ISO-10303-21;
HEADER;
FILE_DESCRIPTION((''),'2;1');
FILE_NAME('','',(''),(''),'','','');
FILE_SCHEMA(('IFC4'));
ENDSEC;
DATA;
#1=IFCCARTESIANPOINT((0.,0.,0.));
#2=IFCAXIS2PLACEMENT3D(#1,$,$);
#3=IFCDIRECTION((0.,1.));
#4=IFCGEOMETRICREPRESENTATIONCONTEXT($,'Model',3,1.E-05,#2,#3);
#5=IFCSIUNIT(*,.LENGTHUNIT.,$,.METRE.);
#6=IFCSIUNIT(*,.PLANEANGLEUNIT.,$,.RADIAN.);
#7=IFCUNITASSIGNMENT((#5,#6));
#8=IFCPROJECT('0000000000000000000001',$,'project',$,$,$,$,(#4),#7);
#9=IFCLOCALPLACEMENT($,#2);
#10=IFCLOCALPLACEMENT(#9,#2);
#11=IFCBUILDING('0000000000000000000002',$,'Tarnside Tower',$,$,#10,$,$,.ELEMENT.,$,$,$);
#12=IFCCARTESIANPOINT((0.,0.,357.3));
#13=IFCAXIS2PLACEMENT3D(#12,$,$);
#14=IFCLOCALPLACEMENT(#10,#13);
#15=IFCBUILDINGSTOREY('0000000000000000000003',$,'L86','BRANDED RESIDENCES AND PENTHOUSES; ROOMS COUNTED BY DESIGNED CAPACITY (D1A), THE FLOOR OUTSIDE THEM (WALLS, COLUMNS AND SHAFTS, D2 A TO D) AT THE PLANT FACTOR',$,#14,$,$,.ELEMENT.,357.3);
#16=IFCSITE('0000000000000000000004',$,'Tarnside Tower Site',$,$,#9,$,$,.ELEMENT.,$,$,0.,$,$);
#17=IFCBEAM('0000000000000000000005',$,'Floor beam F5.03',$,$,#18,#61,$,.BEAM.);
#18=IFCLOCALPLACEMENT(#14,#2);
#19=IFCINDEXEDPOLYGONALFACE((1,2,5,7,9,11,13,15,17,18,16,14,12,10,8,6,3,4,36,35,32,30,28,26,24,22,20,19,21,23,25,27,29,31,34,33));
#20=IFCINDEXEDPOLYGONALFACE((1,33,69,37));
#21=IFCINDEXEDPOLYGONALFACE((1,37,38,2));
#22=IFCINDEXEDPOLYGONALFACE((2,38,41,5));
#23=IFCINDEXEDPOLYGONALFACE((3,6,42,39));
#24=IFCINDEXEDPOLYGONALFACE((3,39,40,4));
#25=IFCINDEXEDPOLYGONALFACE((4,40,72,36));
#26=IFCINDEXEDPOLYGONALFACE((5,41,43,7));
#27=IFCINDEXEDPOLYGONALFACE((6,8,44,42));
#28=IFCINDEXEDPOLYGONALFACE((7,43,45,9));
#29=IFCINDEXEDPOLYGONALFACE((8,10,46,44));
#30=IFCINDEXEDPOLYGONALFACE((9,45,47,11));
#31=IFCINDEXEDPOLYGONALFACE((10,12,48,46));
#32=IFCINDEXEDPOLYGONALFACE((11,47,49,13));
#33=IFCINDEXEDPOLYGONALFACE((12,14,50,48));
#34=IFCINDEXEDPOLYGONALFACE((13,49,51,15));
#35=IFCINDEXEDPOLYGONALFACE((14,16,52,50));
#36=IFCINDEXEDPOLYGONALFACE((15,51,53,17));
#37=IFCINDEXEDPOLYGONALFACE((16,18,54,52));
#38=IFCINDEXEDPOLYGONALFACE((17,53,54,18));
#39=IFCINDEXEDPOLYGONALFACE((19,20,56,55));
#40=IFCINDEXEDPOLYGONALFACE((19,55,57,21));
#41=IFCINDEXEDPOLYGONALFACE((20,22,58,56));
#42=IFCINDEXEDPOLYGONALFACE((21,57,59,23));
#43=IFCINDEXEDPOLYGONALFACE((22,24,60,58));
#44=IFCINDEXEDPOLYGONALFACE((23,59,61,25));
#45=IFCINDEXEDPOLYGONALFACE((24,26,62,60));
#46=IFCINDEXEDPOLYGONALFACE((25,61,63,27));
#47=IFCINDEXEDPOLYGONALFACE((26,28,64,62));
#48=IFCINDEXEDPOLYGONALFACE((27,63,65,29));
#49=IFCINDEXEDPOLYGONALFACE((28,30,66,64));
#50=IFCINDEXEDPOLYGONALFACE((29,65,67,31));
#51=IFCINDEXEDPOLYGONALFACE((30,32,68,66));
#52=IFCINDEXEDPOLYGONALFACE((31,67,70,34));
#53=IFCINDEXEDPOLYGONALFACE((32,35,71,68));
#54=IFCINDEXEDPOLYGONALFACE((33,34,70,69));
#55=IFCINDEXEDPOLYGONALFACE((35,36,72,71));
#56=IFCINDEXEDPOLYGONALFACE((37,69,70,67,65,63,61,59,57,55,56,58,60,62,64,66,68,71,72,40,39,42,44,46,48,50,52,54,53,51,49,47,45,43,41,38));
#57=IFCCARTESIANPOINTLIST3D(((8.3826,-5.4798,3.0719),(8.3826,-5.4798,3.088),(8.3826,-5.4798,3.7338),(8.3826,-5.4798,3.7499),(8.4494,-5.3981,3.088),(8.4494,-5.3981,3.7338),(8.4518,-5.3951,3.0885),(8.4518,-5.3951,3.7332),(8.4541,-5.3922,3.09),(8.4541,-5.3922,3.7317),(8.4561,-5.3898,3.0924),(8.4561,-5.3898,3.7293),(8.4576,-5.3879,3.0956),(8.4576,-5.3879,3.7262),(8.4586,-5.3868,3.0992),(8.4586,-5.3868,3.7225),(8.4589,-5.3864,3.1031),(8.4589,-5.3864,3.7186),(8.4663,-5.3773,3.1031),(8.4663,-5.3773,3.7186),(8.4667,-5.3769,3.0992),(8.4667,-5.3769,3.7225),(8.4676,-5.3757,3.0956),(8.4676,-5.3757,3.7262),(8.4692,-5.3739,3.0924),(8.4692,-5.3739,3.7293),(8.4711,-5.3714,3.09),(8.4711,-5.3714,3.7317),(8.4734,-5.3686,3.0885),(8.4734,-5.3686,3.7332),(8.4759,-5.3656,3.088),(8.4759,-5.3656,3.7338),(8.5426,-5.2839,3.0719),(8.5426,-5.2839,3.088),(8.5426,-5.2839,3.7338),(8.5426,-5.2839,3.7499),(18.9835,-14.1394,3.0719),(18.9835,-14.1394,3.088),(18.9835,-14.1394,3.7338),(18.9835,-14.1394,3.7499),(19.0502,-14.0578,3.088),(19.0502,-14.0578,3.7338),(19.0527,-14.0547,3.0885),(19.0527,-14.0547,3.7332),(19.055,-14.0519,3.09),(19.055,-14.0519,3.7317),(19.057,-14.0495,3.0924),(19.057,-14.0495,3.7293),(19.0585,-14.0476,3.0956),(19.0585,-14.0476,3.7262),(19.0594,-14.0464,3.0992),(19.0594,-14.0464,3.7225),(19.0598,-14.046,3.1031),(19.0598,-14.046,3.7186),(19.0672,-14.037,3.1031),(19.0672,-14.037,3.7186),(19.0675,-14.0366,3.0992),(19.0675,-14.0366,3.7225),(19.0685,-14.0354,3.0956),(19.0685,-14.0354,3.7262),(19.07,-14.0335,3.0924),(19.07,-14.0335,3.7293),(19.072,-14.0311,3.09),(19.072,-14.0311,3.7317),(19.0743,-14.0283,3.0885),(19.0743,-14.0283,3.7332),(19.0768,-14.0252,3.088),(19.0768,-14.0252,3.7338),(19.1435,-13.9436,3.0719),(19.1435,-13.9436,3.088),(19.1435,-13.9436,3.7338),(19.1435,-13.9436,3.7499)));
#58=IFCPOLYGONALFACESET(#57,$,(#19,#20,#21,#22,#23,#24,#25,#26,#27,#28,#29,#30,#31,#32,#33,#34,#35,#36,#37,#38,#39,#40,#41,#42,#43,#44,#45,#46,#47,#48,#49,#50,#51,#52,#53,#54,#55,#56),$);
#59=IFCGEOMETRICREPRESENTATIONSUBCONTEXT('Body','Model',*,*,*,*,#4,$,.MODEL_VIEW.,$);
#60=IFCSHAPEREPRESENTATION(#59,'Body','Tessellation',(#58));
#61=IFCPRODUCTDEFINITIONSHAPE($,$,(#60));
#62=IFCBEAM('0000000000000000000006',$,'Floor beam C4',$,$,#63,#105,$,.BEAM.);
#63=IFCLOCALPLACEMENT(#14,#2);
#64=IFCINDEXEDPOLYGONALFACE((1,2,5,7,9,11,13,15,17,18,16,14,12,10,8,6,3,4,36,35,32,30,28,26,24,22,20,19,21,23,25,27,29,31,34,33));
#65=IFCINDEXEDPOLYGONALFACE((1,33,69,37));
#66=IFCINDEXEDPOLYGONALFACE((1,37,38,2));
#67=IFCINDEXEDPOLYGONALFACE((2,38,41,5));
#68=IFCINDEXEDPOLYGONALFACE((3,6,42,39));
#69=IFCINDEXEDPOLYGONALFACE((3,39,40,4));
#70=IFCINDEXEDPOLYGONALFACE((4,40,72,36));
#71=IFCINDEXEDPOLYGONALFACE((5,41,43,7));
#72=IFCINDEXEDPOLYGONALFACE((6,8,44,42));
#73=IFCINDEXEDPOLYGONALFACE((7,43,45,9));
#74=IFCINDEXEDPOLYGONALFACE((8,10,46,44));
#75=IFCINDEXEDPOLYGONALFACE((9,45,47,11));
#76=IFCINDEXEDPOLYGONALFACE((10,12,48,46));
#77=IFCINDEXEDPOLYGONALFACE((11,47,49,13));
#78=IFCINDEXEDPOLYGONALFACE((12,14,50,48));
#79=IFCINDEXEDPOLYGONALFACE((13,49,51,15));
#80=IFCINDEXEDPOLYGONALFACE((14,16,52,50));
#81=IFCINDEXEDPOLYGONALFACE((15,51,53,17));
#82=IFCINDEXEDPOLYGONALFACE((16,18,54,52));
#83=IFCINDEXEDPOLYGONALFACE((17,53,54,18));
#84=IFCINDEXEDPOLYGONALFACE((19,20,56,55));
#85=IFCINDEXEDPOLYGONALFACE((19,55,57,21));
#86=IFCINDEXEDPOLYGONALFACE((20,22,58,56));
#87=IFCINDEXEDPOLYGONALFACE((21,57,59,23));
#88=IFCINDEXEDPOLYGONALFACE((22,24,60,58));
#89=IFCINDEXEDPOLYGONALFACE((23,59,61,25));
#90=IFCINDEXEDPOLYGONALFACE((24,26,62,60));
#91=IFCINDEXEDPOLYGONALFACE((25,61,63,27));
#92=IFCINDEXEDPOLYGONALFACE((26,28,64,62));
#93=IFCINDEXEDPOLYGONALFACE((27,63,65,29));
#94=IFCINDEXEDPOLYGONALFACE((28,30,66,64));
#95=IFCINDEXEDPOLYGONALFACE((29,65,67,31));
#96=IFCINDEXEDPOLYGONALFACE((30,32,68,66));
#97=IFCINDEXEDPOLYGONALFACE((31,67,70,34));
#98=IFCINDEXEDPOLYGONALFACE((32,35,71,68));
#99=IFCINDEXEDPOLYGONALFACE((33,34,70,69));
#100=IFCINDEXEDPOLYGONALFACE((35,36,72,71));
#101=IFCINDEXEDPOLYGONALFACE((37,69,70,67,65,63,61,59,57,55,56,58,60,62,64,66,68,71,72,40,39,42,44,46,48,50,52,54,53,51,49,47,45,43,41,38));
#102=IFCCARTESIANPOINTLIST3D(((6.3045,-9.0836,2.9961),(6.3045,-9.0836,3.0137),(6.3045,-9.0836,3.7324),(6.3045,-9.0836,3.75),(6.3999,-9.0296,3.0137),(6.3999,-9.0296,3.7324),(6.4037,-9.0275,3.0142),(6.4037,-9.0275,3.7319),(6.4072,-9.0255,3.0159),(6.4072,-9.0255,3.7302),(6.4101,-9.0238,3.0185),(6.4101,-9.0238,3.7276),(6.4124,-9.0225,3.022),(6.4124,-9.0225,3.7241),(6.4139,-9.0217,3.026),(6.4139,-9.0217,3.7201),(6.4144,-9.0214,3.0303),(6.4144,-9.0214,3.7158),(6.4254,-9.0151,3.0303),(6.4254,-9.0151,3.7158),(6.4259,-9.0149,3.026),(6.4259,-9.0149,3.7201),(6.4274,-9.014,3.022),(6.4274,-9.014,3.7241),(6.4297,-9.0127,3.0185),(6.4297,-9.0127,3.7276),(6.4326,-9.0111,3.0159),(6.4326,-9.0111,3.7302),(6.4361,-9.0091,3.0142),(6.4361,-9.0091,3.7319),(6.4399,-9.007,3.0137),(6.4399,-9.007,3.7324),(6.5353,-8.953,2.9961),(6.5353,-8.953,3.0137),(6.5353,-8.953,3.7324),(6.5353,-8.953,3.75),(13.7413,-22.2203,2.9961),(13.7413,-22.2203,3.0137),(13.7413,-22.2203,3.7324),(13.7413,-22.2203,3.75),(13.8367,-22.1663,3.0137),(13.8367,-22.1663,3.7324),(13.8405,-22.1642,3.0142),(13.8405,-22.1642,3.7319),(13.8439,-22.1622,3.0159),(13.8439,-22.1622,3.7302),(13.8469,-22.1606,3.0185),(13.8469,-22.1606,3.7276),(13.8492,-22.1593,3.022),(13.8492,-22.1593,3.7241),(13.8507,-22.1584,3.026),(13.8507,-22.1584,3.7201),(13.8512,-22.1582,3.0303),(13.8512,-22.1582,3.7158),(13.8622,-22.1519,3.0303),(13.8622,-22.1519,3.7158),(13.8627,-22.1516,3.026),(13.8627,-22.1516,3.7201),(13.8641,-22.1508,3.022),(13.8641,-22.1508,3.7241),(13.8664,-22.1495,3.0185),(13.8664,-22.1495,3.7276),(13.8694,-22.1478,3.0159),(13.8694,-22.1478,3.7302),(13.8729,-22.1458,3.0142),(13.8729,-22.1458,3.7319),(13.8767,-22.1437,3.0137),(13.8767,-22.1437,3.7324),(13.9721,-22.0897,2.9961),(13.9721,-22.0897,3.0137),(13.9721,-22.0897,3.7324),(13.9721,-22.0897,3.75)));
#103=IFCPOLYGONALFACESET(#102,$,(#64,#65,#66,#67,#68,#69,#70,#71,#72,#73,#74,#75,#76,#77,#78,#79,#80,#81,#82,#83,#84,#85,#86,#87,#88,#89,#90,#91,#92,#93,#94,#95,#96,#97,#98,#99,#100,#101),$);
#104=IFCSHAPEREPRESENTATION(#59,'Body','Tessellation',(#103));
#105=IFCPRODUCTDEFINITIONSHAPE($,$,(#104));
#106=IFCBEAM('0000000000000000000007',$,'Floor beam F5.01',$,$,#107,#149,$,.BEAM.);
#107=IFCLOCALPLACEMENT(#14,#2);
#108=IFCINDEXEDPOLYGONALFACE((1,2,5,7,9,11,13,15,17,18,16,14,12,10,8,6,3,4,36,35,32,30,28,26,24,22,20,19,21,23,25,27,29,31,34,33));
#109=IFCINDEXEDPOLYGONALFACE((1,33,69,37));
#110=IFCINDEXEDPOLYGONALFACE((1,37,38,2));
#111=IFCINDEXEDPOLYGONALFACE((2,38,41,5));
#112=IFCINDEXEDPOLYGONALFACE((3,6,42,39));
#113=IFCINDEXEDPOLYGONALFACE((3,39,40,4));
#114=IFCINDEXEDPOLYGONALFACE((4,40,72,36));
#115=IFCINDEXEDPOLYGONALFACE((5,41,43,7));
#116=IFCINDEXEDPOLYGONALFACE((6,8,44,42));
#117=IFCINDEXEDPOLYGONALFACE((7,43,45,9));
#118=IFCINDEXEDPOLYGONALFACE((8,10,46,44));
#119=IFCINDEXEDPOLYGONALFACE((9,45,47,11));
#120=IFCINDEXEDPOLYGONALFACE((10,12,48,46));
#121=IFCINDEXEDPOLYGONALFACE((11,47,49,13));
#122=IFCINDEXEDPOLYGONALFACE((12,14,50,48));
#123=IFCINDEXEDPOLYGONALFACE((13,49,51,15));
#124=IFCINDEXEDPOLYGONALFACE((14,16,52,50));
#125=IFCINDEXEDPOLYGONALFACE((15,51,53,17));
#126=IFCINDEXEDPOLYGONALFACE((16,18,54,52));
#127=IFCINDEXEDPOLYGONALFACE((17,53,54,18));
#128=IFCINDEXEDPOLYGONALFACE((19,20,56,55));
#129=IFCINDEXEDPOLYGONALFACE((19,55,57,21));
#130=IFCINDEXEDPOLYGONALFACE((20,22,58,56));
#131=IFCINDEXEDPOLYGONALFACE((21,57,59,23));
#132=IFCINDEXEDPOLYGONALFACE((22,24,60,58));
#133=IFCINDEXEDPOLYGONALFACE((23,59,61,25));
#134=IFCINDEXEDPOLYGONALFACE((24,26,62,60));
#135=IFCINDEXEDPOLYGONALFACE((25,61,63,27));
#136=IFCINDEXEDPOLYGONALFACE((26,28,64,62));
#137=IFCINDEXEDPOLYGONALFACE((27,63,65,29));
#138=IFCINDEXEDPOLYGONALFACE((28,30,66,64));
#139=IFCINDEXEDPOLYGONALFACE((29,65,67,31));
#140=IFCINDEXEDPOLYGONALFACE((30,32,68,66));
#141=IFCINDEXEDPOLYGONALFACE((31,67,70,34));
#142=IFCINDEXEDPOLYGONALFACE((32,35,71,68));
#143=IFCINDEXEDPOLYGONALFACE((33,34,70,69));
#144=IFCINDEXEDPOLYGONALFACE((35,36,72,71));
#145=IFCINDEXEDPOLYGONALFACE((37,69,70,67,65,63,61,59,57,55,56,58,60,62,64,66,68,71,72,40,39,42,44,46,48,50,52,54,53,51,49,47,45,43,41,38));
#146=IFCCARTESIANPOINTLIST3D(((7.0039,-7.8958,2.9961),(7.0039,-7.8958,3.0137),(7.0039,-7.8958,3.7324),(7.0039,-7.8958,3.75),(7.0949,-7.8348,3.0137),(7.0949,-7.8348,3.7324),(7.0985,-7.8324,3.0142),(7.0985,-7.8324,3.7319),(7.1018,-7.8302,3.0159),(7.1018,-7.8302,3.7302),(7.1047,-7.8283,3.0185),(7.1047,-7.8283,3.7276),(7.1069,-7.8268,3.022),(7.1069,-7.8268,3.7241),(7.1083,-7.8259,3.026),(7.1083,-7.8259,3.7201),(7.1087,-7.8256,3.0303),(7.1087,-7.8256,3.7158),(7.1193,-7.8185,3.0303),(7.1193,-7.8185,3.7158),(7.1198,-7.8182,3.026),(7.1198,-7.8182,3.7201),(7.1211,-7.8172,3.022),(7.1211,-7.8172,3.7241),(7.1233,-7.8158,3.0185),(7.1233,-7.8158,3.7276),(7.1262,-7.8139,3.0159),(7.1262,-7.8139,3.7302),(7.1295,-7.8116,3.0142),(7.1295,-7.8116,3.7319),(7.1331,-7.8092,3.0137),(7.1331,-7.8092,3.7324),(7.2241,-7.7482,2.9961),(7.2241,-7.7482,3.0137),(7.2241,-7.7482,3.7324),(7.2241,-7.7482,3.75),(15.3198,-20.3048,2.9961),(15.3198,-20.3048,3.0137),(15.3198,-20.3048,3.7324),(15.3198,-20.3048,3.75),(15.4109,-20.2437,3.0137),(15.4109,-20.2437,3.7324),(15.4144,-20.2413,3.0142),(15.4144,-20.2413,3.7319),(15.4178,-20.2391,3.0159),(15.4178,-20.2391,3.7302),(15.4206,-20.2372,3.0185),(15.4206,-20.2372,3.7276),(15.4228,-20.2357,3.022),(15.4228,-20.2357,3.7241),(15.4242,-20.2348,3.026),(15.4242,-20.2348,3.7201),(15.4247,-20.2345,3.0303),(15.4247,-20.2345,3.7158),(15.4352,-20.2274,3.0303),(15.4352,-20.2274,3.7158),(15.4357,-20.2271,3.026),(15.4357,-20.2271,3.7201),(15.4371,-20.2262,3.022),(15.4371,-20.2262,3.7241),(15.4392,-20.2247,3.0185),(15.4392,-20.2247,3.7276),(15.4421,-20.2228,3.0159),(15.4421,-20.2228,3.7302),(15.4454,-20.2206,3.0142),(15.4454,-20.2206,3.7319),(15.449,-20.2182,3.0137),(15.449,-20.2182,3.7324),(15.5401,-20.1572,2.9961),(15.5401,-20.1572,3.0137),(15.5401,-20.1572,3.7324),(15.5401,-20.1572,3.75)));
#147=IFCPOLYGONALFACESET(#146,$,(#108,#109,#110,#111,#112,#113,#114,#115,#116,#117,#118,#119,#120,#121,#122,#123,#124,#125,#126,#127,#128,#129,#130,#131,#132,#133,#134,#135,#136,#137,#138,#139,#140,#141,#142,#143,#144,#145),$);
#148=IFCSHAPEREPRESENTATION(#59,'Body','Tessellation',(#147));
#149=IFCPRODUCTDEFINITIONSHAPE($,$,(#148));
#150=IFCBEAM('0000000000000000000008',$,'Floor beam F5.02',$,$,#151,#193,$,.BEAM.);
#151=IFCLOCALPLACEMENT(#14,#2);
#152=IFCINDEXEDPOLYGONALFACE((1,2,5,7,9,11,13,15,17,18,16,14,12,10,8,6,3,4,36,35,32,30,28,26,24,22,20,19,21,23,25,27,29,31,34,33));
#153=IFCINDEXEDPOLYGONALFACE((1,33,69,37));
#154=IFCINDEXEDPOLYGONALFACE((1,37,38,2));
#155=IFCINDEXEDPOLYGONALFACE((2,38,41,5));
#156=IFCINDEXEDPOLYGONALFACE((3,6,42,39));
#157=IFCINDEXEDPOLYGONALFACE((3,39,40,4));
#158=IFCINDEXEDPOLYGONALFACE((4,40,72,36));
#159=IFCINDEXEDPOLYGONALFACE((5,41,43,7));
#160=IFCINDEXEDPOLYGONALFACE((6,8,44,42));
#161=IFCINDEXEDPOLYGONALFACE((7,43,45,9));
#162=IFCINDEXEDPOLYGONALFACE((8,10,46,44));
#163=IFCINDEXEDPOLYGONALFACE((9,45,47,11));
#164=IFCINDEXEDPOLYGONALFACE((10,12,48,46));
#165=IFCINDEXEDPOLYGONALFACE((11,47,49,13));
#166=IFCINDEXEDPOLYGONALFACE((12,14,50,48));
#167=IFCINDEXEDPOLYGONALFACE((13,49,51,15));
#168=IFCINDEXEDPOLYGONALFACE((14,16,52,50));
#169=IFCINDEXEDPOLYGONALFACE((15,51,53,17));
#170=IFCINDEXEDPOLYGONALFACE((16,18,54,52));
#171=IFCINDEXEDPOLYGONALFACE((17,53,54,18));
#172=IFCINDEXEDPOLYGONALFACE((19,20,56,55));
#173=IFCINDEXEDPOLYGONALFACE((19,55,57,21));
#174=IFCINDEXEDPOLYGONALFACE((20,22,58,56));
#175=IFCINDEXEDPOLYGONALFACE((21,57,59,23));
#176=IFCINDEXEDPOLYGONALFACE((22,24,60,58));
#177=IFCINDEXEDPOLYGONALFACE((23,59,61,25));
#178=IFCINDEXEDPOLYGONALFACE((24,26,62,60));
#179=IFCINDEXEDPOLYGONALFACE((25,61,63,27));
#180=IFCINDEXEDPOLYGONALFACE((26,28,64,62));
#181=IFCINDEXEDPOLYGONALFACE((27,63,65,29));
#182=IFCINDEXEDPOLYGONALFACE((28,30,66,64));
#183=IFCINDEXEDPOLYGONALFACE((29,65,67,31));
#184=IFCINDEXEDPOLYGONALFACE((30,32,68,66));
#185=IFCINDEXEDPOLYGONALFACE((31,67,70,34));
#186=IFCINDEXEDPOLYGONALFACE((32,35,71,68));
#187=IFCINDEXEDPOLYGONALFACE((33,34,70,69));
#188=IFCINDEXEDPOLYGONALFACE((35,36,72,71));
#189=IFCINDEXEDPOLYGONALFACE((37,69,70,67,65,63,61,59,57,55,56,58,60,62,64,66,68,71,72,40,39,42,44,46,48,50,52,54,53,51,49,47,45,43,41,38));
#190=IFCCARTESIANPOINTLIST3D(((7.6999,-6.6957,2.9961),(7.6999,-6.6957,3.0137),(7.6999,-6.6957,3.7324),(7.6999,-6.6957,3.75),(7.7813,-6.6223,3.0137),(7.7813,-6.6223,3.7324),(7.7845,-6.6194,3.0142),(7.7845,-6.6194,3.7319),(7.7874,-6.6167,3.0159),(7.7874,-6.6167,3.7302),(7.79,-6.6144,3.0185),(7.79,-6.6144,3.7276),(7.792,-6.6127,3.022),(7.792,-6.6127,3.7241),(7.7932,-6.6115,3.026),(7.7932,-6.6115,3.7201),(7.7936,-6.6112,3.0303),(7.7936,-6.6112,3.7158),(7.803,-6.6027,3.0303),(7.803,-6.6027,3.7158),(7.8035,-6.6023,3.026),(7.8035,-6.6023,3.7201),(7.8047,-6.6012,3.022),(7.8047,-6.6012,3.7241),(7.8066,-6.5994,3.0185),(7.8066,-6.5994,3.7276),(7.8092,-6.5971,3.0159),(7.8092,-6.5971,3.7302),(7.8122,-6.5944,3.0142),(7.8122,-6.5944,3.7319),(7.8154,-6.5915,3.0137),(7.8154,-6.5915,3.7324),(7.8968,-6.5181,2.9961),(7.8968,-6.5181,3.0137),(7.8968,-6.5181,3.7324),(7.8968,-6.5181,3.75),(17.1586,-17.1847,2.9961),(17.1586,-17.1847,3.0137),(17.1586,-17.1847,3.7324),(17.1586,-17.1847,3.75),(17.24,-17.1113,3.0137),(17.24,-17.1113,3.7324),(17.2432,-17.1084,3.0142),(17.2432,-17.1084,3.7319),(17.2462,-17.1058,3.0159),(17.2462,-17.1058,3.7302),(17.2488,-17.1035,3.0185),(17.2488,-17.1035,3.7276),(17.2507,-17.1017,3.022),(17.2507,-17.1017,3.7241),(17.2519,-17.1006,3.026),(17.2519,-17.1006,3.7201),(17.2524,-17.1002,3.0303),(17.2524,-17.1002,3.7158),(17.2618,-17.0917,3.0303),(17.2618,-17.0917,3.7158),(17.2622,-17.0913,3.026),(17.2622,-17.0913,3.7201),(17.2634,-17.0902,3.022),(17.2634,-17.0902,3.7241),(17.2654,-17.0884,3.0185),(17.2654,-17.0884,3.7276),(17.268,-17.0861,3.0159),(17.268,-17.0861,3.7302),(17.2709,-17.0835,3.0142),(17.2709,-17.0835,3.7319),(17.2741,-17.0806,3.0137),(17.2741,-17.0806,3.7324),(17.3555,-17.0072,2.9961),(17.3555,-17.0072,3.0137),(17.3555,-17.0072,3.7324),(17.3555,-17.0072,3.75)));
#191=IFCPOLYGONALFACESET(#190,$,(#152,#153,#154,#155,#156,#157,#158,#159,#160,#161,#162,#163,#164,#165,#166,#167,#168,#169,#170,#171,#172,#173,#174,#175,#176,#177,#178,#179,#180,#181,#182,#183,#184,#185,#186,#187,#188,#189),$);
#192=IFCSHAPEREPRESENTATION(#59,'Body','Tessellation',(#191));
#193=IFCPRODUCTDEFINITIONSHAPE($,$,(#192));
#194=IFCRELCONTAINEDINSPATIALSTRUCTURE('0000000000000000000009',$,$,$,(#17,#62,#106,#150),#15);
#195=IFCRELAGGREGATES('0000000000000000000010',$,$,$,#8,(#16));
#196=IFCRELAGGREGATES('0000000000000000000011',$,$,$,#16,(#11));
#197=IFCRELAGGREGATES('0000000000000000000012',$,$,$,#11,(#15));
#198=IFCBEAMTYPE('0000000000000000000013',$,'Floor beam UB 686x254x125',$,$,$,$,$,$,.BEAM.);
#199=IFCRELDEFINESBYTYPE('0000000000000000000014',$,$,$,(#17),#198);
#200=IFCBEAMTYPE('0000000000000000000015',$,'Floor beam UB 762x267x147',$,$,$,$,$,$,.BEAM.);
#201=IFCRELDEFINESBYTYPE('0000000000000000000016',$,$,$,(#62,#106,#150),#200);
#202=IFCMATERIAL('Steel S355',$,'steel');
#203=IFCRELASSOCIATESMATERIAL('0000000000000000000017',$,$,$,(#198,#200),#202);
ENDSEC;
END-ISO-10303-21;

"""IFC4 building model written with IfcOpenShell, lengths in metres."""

from ifc_helpers import new_model, si_unit, direction, frame, origin, origin_2d, place, context, subcontext, project, spatial, i_section, extrude, material, material_profile, profile_set, type_object, element, save


model = new_model("IFC4")

# Units and contexts
model_context = context("Model", 3, precision=1e-05, world=origin(), true_north=direction((0.0, 1.0)))
body_context = subcontext(model_context, "Body", "Model", "MODEL_VIEW")
ifc_project = project(units=[si_unit("LENGTHUNIT", "METRE"), si_unit("PLANEANGLEUNIT", "RADIAN")], contexts=[model_context])

# Site, building, storey
site_placement = place(None, origin())
site = spatial("IfcSite", under=ifc_project, at=site_placement, Name="Tarnside Tower Site", CompositionType="ELEMENT", RefElevation=0.0)
building_placement = place(site_placement, origin())
building = spatial("IfcBuilding", under=site, at=building_placement, Name="Tarnside Tower", CompositionType="ELEMENT")
storey_placement = place(building_placement, frame((0.0, 0.0, 357.3)))
storey = spatial("IfcBuildingStorey", under=building, at=storey_placement, Name="L86", Description="BRANDED RESIDENCES AND PENTHOUSES; ROOMS COUNTED BY DESIGNED CAPACITY (D1A), THE FLOOR OUTSIDE THEM (WALLS, COLUMNS AND SHAFTS, D2 A TO D) AT THE PLANT FACTOR", CompositionType="ELEMENT", Elevation=357.3)

# Beams
ifc_material_1 = material(Name="Steel S355", Category="steel")
ifc_material_profile_1 = material_profile(ifc_material_1, i_section(OverallWidth=0.2529, OverallDepth=0.678, WebThickness=0.0117, FlangeThickness=0.0161, FilletRadius=0.0151, at=origin_2d()), Name="UB 686x254x125")
ifc_profile_set_1 = profile_set([ifc_material_profile_1], Name="Steel S355")
beam_type_1 = type_object("IfcBeamType", Name="Floor beam UB 686x254x125", PredefinedType="BEAM", material=ifc_profile_set_1)
beam_1_placement = place(storey_placement, frame((19.0635, -14.0415, 3.4109), z_axis=(-0.774449, 0.632636, 0.0), x_axis=(-0.632636, -0.774449, 0.0)))
element("IfcBeam", 1, at=beam_1_placement, inside=storey, type_object=beam_type_1, Name="Floor beam F5.03", PredefinedType="BEAM", context=body_context, shape_type="SweptSolid", body=[
    extrude(i_section(OverallWidth=0.2529, OverallDepth=0.678, WebThickness=0.0117, FlangeThickness=0.0161, FilletRadius=0.0151, at=origin_2d()), origin(), (0.0, 0.0, 1.0), 13.6882),
])
ifc_material_profile_2 = material_profile(ifc_material_1, i_section(OverallWidth=0.2651, OverallDepth=0.7539, WebThickness=0.0127, FlangeThickness=0.0176, FilletRadius=0.0166, at=origin_2d()), Name="UB 762x267x147")
ifc_profile_set_2 = profile_set([ifc_material_profile_2], Name="Steel S355")
beam_type_2 = type_object("IfcBeamType", Name="Floor beam UB 762x267x147", PredefinedType="BEAM", material=ifc_profile_set_2)
beam_2_placement = place(storey_placement, frame((13.8567, -22.155, 3.373), z_axis=(-0.492643, 0.870232, 0.0), x_axis=(-0.870232, -0.492643, 0.0)))
element("IfcBeam", 2, at=beam_2_placement, inside=storey, type_object=beam_type_2, Name="Floor beam C4", PredefinedType="BEAM", context=body_context, shape_type="SweptSolid", body=[
    extrude(i_section(OverallWidth=0.2651, OverallDepth=0.7539, WebThickness=0.0127, FlangeThickness=0.0176, FilletRadius=0.0166, at=origin_2d()), origin(), (0.0, 0.0, 1.0), 15.0957),
])
beam_3_placement = place(storey_placement, frame((15.4299, -20.231, 3.373), z_axis=(-0.556705, 0.83071, 0.0), x_axis=(-0.83071, -0.556705, 0.0)))
element("IfcBeam", 3, at=beam_3_placement, inside=storey, type_object=beam_type_2, Name="Floor beam F5.01", PredefinedType="BEAM", context=body_context, shape_type="SweptSolid", body=[
    extrude(i_section(OverallWidth=0.2651, OverallDepth=0.7539, WebThickness=0.0127, FlangeThickness=0.0176, FilletRadius=0.0166, at=origin_2d()), origin(), (0.0, 0.0, 1.0), 14.9377),
])
beam_4_placement = place(storey_placement, frame((17.2571, -17.0959, 3.373), z_axis=(-0.669693, 0.742638, 0.0), x_axis=(-0.742638, -0.669693, 0.0)))
element("IfcBeam", 4, at=beam_4_placement, inside=storey, type_object=beam_type_2, Name="Floor beam F5.02", PredefinedType="BEAM", context=body_context, shape_type="SweptSolid", body=[
    extrude(i_section(OverallWidth=0.2651, OverallDepth=0.7539, WebThickness=0.0127, FlangeThickness=0.0176, FilletRadius=0.0166, at=origin_2d()), origin(), (0.0, 0.0, 1.0), 14.124),
])

save(model, "model.ifc")
